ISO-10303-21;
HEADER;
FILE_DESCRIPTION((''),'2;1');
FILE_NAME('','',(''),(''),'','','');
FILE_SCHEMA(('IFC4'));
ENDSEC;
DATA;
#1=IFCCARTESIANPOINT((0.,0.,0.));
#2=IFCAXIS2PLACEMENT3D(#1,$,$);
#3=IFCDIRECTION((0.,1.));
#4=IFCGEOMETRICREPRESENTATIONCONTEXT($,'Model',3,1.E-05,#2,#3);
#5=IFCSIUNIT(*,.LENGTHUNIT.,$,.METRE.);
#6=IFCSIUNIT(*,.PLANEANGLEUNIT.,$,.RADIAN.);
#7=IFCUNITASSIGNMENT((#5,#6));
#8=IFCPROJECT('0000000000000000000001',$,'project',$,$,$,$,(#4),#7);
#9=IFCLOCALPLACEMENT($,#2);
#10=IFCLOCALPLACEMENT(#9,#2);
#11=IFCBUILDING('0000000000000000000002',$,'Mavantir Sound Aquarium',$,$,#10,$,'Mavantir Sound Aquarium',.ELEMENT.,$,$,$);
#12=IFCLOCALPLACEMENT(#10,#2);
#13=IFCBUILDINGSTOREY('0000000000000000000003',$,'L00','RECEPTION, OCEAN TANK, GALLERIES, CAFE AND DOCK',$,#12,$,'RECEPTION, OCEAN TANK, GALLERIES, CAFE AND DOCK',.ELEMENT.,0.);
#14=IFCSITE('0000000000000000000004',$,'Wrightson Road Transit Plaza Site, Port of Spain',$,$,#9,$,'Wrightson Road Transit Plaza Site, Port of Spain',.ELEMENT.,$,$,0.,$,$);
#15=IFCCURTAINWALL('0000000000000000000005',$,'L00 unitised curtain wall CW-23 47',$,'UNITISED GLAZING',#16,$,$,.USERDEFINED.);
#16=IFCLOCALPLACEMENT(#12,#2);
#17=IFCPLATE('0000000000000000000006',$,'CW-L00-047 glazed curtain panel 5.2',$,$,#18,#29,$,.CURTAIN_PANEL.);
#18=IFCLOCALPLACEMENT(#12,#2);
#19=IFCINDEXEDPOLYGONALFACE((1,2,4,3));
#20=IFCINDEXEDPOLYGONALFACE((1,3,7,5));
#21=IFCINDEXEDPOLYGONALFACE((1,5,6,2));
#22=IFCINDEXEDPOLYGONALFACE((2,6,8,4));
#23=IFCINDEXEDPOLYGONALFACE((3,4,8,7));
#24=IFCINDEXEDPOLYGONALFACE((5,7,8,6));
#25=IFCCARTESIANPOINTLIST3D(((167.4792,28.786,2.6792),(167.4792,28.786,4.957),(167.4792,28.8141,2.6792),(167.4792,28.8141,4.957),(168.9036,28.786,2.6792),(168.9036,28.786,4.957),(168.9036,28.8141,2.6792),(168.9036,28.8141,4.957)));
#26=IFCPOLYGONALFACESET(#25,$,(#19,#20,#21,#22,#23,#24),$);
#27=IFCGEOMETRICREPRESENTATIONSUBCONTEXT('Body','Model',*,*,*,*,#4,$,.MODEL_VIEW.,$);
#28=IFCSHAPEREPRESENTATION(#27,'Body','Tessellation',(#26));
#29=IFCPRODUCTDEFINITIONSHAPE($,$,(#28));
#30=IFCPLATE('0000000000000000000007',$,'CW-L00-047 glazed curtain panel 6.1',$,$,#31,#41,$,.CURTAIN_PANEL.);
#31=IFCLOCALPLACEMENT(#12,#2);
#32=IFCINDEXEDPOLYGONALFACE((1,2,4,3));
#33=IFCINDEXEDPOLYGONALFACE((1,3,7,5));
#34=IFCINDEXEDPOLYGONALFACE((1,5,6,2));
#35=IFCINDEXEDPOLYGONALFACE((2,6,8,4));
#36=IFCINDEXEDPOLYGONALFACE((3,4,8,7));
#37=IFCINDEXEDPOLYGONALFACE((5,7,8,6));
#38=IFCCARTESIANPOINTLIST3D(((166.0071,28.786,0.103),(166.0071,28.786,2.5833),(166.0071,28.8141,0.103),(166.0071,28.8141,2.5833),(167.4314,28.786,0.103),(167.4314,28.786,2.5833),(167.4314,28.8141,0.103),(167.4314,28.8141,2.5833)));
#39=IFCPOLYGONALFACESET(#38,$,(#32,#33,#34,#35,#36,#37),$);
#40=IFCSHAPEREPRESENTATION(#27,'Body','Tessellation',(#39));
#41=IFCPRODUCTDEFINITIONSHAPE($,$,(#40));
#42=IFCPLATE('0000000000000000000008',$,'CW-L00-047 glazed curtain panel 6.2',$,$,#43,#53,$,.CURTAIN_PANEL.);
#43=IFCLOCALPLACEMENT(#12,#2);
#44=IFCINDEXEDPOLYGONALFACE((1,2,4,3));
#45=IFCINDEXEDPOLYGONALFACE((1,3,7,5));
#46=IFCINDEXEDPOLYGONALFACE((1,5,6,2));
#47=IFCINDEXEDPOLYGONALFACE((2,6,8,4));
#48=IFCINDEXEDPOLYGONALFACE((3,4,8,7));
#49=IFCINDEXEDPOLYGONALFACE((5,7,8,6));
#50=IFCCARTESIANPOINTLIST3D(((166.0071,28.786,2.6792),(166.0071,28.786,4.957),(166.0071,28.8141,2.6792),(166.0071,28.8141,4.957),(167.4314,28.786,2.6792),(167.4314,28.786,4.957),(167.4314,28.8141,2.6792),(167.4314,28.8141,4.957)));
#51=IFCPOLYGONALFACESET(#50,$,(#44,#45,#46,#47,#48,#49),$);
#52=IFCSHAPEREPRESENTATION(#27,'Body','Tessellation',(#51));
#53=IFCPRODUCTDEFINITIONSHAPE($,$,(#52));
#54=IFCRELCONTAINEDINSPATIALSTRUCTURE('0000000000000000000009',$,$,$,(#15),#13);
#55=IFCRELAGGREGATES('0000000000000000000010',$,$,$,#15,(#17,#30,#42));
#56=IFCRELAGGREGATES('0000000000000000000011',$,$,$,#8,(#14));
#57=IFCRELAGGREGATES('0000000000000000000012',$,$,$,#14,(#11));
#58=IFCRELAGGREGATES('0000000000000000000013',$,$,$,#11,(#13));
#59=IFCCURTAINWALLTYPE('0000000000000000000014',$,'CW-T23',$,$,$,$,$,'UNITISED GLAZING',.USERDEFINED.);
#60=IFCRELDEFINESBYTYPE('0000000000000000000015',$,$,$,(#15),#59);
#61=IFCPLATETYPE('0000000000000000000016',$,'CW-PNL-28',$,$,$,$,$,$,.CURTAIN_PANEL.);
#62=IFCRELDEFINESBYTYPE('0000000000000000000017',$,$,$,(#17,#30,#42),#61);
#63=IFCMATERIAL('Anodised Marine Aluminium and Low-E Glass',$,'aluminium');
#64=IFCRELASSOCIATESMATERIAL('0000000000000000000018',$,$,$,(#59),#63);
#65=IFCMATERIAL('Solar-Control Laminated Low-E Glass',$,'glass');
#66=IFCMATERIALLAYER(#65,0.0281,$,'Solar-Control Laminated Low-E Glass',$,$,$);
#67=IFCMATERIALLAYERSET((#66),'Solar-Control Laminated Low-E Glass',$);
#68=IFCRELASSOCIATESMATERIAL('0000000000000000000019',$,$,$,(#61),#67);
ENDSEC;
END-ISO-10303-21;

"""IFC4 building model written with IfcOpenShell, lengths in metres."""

from ifc_helpers import new_model, si_unit, direction, frame, origin, origin_2d, place, context, subcontext, project, spatial, rectangle, extrude, material, layer, layer_set, type_object, element, aggregate, save


model = new_model("IFC4")

# Units and contexts
model_context = context("Model", 3, precision=1e-05, world=origin(), true_north=direction((0.0, 1.0)))
body_context = subcontext(model_context, "Body", "Model", "MODEL_VIEW")
ifc_project = project(units=[si_unit("LENGTHUNIT", "METRE"), si_unit("PLANEANGLEUNIT", "RADIAN")], contexts=[model_context])

# Site, building, storey
site_placement = place(None, origin())
site = spatial("IfcSite", under=ifc_project, at=site_placement, Name="Wrightson Road Transit Plaza Site, Port of Spain", LongName="Wrightson Road Transit Plaza Site, Port of Spain", CompositionType="ELEMENT", RefElevation=0.0)
building_placement = place(site_placement, origin())
building = spatial("IfcBuilding", under=site, at=building_placement, Name="Mavantir Sound Aquarium", LongName="Mavantir Sound Aquarium", CompositionType="ELEMENT")
storey_placement = place(building_placement, origin())
storey = spatial("IfcBuildingStorey", under=building, at=storey_placement, Name="L00", Description="RECEPTION, OCEAN TANK, GALLERIES, CAFE AND DOCK", LongName="RECEPTION, OCEAN TANK, GALLERIES, CAFE AND DOCK", CompositionType="ELEMENT", Elevation=0.0)

# Curtain wall
ifc_material_1 = material(Name="Anodised Marine Aluminium and Low-E Glass", Category="aluminium")
curtain_wall_type_1 = type_object("IfcCurtainWallType", Name="CW-T23", ElementType="UNITISED GLAZING", PredefinedType="USERDEFINED", material=ifc_material_1)
curtain_wall_1_placement = place(storey_placement, origin())
curtain_wall_1 = element("IfcCurtainWall", 1, at=curtain_wall_1_placement, inside=storey, type_object=curtain_wall_type_1, Name="L00 unitised curtain wall CW-23 47", ObjectType="UNITISED GLAZING", PredefinedType="USERDEFINED")

# Plates
ifc_material_2 = material(Name="Solar-Control Laminated Low-E Glass", Category="glass")
ifc_layer = layer(ifc_material_2, 0.0281, Name="Solar-Control Laminated Low-E Glass")
ifc_layer_set = layer_set([ifc_layer], Name="Solar-Control Laminated Low-E Glass")
plate_type = type_object("IfcPlateType", Name="CW-PNL-28", PredefinedType="CURTAIN_PANEL", material=ifc_layer_set)
plate_1_placement = place(storey_placement, frame((168.1914, 28.8, 2.6792), z_axis=(0.0, 0.0, 1.0), x_axis=(-1.0, 0.0, 0.0)))
plate_1 = element("IfcPlate", 2, at=plate_1_placement, type_object=plate_type, Name="CW-L00-047 glazed curtain panel 5.2", PredefinedType="CURTAIN_PANEL", context=body_context, shape_type="SweptSolid", body=[
    extrude(rectangle(XDim=1.4243, YDim=0.0281, at=origin_2d()), origin(), (0.0, 0.0, 1.0), 2.2778),
])
plate_2_placement = place(storey_placement, frame((166.7192, 28.8, 0.103), z_axis=(0.0, 0.0, 1.0), x_axis=(-1.0, 0.0, 0.0)))
plate_2 = element("IfcPlate", 3, at=plate_2_placement, type_object=plate_type, Name="CW-L00-047 glazed curtain panel 6.1", PredefinedType="CURTAIN_PANEL", context=body_context, shape_type="SweptSolid", body=[
    extrude(rectangle(XDim=1.4243, YDim=0.0281, at=origin_2d()), origin(), (0.0, 0.0, 1.0), 2.4802),
])
plate_3_placement = place(storey_placement, frame((166.7192, 28.8, 2.6792), z_axis=(0.0, 0.0, 1.0), x_axis=(-1.0, 0.0, 0.0)))
plate_3 = element("IfcPlate", 4, at=plate_3_placement, type_object=plate_type, Name="CW-L00-047 glazed curtain panel 6.2", PredefinedType="CURTAIN_PANEL", context=body_context, shape_type="SweptSolid", body=[
    extrude(rectangle(XDim=1.4243, YDim=0.0281, at=origin_2d()), origin(), (0.0, 0.0, 1.0), 2.2778),
])
aggregate(curtain_wall_1, [plate_1, plate_2, plate_3])

save(model, "model.ifc")
